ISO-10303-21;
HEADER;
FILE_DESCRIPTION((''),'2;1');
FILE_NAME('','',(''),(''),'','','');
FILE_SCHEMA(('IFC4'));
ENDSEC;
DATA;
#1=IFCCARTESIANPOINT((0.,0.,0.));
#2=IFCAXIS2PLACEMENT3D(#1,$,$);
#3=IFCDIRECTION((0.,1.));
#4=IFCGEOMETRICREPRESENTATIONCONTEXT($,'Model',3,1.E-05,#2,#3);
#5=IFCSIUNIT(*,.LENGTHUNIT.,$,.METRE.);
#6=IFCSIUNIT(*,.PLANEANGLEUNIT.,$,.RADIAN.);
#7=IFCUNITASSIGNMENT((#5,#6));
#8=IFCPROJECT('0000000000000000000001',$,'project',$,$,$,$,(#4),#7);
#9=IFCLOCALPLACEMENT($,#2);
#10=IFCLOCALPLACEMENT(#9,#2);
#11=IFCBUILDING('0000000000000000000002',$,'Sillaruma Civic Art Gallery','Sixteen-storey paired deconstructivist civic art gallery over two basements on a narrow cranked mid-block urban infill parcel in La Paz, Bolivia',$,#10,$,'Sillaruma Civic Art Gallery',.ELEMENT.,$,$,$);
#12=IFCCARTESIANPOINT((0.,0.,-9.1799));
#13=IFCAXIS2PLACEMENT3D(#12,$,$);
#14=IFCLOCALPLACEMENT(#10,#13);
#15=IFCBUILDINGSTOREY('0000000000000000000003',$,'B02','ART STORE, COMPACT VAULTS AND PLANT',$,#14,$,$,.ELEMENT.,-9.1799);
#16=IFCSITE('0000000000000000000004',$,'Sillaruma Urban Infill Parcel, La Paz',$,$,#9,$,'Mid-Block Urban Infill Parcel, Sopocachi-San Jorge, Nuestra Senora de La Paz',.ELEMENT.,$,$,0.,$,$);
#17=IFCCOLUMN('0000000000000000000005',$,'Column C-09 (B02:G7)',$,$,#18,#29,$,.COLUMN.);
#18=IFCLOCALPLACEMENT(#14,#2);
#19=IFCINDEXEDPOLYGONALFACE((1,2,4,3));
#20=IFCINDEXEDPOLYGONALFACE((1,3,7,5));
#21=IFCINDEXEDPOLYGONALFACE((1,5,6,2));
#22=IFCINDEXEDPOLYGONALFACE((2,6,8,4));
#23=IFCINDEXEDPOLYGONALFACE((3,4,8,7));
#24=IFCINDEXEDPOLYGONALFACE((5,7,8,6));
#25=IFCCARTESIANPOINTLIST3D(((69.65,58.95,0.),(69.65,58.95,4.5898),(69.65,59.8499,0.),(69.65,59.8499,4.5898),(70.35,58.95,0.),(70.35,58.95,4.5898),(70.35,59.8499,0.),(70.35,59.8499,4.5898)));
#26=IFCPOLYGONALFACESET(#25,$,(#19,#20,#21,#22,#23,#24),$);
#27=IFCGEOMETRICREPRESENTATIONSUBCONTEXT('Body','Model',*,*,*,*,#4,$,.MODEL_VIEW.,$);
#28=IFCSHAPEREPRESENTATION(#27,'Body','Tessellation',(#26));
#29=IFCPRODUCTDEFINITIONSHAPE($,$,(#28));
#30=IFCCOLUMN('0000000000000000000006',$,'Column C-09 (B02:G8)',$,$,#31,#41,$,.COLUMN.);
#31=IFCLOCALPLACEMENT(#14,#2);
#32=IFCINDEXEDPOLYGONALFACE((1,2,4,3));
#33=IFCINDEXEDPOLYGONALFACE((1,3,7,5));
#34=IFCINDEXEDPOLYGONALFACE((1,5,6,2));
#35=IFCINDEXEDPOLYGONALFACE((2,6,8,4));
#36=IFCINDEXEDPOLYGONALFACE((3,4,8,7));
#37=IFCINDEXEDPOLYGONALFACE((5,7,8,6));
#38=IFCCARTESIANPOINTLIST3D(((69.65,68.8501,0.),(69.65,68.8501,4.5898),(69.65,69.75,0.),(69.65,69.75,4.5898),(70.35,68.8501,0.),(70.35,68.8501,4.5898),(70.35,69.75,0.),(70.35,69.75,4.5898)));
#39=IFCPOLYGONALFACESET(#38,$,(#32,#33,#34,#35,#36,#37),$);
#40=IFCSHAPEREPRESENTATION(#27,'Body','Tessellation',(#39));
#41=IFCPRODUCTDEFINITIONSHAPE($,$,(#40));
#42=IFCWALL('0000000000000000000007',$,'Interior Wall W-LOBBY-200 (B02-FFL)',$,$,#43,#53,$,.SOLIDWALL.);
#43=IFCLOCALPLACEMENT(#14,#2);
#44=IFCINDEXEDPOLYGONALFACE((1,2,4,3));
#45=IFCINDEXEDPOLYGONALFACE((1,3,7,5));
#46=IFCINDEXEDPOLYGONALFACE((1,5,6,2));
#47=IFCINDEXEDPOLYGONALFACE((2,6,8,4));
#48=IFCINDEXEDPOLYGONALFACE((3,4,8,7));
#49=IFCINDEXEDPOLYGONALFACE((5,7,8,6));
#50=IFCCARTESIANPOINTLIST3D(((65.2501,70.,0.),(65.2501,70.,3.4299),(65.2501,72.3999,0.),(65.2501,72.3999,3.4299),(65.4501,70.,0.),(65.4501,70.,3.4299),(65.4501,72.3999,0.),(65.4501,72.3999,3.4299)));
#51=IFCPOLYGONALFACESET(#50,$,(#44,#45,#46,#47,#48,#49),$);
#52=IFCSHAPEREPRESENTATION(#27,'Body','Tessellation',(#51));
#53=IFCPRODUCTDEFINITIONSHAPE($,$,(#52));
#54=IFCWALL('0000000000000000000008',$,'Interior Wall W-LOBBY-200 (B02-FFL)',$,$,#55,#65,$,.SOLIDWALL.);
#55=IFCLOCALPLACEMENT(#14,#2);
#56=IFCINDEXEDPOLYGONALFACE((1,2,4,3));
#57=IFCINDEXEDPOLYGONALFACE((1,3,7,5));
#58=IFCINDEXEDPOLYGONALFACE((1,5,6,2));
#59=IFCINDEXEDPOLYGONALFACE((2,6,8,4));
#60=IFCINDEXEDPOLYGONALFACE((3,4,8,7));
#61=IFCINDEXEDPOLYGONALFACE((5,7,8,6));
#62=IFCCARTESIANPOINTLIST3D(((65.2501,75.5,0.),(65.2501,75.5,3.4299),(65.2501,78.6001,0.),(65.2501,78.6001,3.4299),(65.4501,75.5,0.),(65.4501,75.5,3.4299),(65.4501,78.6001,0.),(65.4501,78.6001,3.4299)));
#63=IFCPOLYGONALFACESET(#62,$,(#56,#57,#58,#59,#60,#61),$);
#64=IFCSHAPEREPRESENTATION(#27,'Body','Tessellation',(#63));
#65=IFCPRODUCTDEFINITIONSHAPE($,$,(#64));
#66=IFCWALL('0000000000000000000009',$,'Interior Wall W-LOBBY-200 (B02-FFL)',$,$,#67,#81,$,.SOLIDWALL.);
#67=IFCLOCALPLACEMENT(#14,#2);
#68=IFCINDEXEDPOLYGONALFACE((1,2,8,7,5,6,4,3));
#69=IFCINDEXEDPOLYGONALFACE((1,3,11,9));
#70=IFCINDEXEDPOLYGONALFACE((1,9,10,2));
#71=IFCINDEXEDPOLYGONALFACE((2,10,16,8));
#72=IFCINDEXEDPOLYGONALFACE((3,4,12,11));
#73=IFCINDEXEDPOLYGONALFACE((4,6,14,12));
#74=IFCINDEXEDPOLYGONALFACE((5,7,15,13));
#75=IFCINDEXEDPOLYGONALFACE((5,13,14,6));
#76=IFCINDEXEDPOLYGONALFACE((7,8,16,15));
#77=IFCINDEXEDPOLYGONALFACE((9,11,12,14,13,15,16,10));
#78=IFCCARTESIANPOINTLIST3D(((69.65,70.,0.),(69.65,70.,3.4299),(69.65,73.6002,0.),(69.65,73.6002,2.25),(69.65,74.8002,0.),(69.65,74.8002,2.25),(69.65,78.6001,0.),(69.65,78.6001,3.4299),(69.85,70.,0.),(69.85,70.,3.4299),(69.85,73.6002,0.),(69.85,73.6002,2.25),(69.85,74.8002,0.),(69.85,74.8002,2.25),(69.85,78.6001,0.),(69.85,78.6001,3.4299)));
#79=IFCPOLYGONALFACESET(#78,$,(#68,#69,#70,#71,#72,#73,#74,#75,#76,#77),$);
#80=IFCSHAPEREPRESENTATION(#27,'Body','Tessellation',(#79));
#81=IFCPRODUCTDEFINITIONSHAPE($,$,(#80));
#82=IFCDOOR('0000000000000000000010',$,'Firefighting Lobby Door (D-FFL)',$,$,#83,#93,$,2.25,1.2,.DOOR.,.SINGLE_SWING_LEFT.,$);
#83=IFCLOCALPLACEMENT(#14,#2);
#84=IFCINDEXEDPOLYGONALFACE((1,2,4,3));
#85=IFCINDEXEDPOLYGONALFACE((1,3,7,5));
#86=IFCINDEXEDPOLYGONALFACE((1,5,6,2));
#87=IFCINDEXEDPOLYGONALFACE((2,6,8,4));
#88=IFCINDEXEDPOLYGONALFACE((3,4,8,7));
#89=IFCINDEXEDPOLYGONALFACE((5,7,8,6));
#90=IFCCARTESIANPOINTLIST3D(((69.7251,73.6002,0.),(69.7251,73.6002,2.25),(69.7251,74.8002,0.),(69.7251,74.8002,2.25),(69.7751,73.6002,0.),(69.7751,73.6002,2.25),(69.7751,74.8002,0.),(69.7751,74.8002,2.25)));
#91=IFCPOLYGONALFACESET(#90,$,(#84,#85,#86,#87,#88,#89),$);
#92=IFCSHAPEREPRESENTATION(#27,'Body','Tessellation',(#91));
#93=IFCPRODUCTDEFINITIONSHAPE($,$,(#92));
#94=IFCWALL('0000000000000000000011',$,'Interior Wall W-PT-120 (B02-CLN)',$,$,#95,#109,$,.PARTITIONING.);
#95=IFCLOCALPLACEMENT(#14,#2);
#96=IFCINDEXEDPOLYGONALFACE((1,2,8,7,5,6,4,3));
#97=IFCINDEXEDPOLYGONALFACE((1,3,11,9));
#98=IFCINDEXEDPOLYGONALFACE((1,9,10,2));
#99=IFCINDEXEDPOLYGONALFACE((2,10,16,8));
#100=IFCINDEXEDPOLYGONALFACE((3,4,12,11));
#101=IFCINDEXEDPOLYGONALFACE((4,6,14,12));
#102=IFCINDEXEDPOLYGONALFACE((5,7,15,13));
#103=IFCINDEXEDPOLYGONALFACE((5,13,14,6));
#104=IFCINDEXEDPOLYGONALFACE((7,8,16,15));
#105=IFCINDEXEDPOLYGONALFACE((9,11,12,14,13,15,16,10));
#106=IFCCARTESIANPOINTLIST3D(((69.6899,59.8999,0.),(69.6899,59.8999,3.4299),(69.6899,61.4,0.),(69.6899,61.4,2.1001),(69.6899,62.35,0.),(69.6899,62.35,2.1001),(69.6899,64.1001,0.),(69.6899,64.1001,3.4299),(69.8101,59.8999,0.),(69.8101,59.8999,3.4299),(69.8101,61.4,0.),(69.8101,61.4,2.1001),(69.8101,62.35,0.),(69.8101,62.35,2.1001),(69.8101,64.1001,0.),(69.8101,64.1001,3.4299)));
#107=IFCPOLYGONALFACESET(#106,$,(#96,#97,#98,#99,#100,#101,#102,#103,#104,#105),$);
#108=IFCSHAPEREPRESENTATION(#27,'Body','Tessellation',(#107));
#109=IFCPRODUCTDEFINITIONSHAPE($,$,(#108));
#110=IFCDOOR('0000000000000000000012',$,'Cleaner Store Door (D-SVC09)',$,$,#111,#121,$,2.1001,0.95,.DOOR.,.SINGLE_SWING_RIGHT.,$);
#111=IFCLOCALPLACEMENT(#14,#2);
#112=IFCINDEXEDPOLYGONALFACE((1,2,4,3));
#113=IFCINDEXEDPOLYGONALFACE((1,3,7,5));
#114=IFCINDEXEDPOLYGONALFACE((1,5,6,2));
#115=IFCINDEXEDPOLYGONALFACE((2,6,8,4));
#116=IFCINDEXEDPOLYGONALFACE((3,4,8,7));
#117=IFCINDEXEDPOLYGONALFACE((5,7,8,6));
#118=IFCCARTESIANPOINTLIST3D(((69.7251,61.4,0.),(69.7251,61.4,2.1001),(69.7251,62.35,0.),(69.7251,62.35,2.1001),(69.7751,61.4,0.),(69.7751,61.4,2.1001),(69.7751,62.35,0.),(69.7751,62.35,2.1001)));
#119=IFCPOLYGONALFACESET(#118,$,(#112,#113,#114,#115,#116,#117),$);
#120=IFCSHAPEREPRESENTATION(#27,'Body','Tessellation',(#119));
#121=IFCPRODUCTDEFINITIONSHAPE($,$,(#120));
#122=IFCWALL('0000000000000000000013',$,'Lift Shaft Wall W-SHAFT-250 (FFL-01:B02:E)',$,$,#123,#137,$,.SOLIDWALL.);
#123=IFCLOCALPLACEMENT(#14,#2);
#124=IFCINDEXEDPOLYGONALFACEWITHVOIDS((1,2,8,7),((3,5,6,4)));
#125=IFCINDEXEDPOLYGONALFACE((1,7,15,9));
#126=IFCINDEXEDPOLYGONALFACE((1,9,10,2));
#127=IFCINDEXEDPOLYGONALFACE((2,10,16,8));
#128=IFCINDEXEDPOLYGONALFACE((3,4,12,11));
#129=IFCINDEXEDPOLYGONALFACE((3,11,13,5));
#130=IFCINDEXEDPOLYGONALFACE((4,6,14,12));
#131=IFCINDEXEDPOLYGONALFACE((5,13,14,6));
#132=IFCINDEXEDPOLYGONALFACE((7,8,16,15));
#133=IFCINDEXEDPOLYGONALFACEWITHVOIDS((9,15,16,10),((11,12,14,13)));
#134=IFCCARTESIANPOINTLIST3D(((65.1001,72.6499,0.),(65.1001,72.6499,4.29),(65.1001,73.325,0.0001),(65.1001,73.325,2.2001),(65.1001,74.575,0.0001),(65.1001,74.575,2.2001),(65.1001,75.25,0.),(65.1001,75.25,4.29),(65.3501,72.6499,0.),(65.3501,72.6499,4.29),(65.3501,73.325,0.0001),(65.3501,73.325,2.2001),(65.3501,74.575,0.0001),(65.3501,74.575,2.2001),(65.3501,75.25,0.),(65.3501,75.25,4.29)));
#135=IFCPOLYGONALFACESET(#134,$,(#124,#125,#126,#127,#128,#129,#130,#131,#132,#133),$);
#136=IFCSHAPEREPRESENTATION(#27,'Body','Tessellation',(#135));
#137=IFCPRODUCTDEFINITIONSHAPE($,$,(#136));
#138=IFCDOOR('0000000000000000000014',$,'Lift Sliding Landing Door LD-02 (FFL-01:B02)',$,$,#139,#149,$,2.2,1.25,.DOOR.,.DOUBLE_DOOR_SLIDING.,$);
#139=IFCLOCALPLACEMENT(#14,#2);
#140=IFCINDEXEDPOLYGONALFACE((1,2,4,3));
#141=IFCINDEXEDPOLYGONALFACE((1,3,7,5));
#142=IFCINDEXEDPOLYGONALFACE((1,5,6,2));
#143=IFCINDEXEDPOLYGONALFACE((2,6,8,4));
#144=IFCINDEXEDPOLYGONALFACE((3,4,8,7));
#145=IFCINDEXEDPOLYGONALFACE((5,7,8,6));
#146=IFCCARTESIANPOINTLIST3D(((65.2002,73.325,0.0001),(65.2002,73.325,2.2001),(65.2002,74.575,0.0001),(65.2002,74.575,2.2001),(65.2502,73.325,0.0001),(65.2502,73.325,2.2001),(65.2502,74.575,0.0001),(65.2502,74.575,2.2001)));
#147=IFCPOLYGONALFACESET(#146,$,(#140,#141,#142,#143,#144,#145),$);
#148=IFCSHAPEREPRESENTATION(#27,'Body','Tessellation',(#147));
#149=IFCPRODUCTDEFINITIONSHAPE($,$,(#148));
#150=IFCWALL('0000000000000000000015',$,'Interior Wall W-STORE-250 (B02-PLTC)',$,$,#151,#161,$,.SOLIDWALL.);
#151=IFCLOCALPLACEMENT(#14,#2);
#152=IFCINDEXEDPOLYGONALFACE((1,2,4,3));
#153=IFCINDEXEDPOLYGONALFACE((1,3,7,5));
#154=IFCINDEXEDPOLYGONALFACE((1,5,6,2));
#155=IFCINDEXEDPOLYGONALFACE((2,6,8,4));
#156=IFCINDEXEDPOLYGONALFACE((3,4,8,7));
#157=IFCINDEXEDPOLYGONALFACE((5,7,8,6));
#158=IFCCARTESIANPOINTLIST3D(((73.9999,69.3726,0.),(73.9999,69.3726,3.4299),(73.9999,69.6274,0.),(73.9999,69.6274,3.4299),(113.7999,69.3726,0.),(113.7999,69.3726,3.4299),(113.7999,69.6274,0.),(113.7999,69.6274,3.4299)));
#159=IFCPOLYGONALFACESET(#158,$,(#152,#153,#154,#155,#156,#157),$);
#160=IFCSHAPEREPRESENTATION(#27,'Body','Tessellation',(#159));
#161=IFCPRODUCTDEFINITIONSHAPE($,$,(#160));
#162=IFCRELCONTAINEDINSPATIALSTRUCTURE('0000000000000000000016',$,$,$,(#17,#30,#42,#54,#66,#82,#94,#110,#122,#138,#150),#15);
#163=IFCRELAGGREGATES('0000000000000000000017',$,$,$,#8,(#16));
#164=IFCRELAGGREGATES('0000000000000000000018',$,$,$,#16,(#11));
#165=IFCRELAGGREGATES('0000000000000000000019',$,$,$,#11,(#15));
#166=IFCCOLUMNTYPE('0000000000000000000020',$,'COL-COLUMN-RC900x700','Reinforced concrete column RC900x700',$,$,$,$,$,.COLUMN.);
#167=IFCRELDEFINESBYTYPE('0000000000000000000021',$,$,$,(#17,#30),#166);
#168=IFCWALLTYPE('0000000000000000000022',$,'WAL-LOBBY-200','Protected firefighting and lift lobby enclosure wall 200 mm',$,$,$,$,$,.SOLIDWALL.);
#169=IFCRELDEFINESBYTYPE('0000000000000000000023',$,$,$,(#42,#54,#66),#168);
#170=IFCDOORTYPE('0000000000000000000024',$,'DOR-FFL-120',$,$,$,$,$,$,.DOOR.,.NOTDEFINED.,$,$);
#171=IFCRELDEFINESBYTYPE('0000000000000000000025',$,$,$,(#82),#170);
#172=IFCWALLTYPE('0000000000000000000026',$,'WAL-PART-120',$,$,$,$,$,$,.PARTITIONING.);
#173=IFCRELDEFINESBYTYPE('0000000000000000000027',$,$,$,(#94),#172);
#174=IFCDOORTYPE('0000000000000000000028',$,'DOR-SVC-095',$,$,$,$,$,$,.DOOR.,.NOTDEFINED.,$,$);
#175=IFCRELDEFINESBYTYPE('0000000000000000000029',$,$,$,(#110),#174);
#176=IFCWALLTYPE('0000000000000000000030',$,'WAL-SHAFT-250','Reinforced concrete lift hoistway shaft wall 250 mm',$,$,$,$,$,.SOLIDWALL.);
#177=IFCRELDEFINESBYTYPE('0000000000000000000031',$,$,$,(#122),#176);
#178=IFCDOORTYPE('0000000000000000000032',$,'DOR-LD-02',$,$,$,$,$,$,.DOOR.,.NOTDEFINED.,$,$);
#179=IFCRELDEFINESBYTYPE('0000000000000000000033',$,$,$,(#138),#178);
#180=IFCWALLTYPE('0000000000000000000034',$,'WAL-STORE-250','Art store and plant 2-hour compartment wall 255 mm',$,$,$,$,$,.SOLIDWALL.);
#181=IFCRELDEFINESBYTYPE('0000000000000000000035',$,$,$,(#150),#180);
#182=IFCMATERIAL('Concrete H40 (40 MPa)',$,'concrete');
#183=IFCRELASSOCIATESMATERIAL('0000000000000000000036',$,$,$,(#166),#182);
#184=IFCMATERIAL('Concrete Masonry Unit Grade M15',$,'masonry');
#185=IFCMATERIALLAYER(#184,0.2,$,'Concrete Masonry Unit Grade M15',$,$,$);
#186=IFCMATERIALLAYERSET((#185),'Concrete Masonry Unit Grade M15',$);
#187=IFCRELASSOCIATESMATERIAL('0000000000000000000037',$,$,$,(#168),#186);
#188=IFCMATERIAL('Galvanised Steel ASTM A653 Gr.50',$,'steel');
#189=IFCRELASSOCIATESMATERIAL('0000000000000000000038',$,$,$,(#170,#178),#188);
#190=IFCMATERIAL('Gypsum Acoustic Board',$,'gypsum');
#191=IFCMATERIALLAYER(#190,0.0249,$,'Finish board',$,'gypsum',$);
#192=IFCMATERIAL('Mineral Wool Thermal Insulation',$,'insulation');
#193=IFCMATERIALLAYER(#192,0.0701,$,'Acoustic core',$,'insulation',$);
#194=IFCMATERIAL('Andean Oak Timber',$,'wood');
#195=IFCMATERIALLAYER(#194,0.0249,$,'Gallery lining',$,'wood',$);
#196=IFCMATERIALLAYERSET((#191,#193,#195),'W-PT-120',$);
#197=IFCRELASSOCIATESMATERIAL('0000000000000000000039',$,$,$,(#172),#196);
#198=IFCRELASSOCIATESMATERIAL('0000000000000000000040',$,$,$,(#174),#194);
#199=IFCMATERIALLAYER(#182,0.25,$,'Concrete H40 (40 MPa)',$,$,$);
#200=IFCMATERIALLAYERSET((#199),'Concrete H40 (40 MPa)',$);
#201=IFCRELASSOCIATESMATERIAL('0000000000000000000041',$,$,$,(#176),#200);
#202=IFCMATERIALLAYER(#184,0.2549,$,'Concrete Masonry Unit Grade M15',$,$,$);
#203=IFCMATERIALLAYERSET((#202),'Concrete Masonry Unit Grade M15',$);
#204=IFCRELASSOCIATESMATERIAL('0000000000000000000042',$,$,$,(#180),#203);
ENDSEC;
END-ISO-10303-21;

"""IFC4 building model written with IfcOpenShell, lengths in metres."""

from ifc_helpers import new_model, si_unit, direction, frame, frame_2d, origin, origin_2d, place, context, subcontext, project, spatial, rectangle, extrude, material, layer, layer_set, material_profile, profile_set, type_object, element, fill, save


model = new_model("IFC4")

# Units and contexts
model_context = context("Model", 3, precision=1e-05, world=origin(), true_north=direction((0.0, 1.0)))
body_context = subcontext(model_context, "Body", "Model", "MODEL_VIEW")
ifc_project = project(units=[si_unit("LENGTHUNIT", "METRE"), si_unit("PLANEANGLEUNIT", "RADIAN")], contexts=[model_context])

# Site, building, storey
site_placement = place(None, origin())
site = spatial("IfcSite", under=ifc_project, at=site_placement, Name="Sillaruma Urban Infill Parcel, La Paz", LongName="Mid-Block Urban Infill Parcel, Sopocachi-San Jorge, Nuestra Senora de La Paz", CompositionType="ELEMENT", RefElevation=0.0)
building_placement = place(site_placement, origin())
building = spatial("IfcBuilding", under=site, at=building_placement, Name="Sillaruma Civic Art Gallery", Description="Sixteen-storey paired deconstructivist civic art gallery over two basements on a narrow cranked mid-block urban infill parcel in La Paz, Bolivia", LongName="Sillaruma Civic Art Gallery", CompositionType="ELEMENT")
storey_placement = place(building_placement, frame((0.0, 0.0, -9.1799)))
storey = spatial("IfcBuildingStorey", under=building, at=storey_placement, Name="B02", Description="ART STORE, COMPACT VAULTS AND PLANT", CompositionType="ELEMENT", Elevation=-9.1799)

# Columns
ifc_material_1 = material(Name="Concrete H40 (40 MPa)", Category="concrete")
ifc_material_profile_1 = material_profile(ifc_material_1, rectangle(XDim=0.7, YDim=0.8999, at=origin_2d()), Name="RC900x700")
ifc_profile_set_1 = profile_set([ifc_material_profile_1], Name="Concrete H40 (40 MPa)")
column_type_1 = type_object("IfcColumnType", Name="COL-COLUMN-RC900x700", Description="Reinforced concrete column RC900x700", PredefinedType="COLUMN", material=ifc_profile_set_1)
for number, where, z_axis, x_axis, name in (
    (1, (70.0, 59.3999, 0.0), (0.0, 0.0, 1.0), (1.0, 0.0, 0.0), "Column C-09 (B02:G7)"),
    (2, (70.0, 69.3, 0.0), (0.0, 0.0, 1.0), (1.0, 0.0, 0.0), "Column C-09 (B02:G8)"),
):
    element("IfcColumn", number, at=place(storey_placement, frame(where, z_axis=z_axis, x_axis=x_axis)), inside=storey, type_object=column_type_1, Name=name, PredefinedType="COLUMN", context=body_context, shape_type="SweptSolid", body=[
        extrude(rectangle(XDim=0.7, YDim=0.8999, at=origin_2d()), origin(), (0.0, 0.0, 1.0), 4.5898),
    ])

# Walls
ifc_material_2 = material(Name="Concrete Masonry Unit Grade M15", Category="masonry")
ifc_layer_1 = layer(ifc_material_2, 0.2, Name="Concrete Masonry Unit Grade M15")
ifc_layer_set_1 = layer_set([ifc_layer_1], Name="Concrete Masonry Unit Grade M15")
wall_type_1 = type_object("IfcWallType", Name="WAL-LOBBY-200", Description="Protected firefighting and lift lobby enclosure wall 200 mm", PredefinedType="SOLIDWALL", material=ifc_layer_set_1)
wall_1_placement = place(storey_placement, frame((65.3501, 70.0, 0.0), z_axis=(0.0, 0.0, 1.0), x_axis=(0.0, 1.0, 0.0)))
element("IfcWall", 3, at=wall_1_placement, inside=storey, type_object=wall_type_1, Name="Interior Wall W-LOBBY-200 (B02-FFL)", PredefinedType="SOLIDWALL", context=body_context, shape_type="SweptSolid", body=[
    extrude(rectangle(XDim=2.3999, YDim=0.2, at=frame_2d((1.2, 0.0))), origin(), (0.0, 0.0, 1.0), 3.4299),
])
wall_2_placement = place(storey_placement, frame((65.3501, 75.5, 0.0), z_axis=(0.0, 0.0, 1.0), x_axis=(0.0, 1.0, 0.0)))
element("IfcWall", 4, at=wall_2_placement, inside=storey, type_object=wall_type_1, Name="Interior Wall W-LOBBY-200 (B02-FFL)", PredefinedType="SOLIDWALL", context=body_context, shape_type="SweptSolid", body=[
    extrude(rectangle(XDim=3.1001, YDim=0.2, at=frame_2d((1.55, 0.0))), origin(), (0.0, 0.0, 1.0), 3.4299),
])

# Walls, openings, doors
wall_3_placement = place(storey_placement, frame((69.75, 70.0, 0.0), z_axis=(0.0, 0.0, 1.0), x_axis=(0.0, 1.0, 0.0)))
wall_3 = element("IfcWall", 5, at=wall_3_placement, inside=storey, type_object=wall_type_1, Name="Interior Wall W-LOBBY-200 (B02-FFL)", PredefinedType="SOLIDWALL", context=body_context, shape_type="SweptSolid", body=[
    extrude(rectangle(XDim=8.6001, YDim=0.2, at=frame_2d((4.3, 0.0))), origin(), (0.0, 0.0, 1.0), 3.4299),
])
opening_1_placement = place(wall_3_placement, frame((3.6001, 0.0, 0.0)))
opening_1 = element("IfcOpeningElement", 6, at=opening_1_placement, cuts=wall_3, PredefinedType="OPENING", context=body_context, shape_type="SweptSolid", body=[
    extrude(rectangle(XDim=1.2, YDim=2.25, at=frame_2d((0.6001, 1.125))), frame((0.0, 0.1099, 0.0), z_axis=(0.0, -1.0, 0.0), x_axis=(1.0, 0.0, 0.0)), (0.0, 0.0, 1.0), 0.22),
])
ifc_material_3 = material(Name="Galvanised Steel ASTM A653 Gr.50", Category="steel")
door_type_1 = type_object("IfcDoorType", Name="DOR-FFL-120", OperationType="NOTDEFINED", PredefinedType="DOOR", material=ifc_material_3)
door_1_placement = place(opening_1_placement, origin())
door_1 = element("IfcDoor", 7, at=door_1_placement, inside=storey, type_object=door_type_1, Name="Firefighting Lobby Door (D-FFL)", OperationType="SINGLE_SWING_LEFT", OverallHeight=2.25, OverallWidth=1.2, PredefinedType="DOOR", context=body_context, shape_type="SweptSolid", body=[
    extrude(rectangle(XDim=1.2, YDim=2.25, at=frame_2d((0.6001, 1.125))), frame((0.0, 0.0249, 0.0), z_axis=(0.0, -1.0, 0.0), x_axis=(1.0, 0.0, 0.0)), (0.0, 0.0, 1.0), 0.05),
])
fill(opening_1, door_1)
ifc_material_4 = material(Name="Gypsum Acoustic Board", Category="gypsum")
ifc_layer_2 = layer(ifc_material_4, 0.0249, Name="Finish board", Category="gypsum")
ifc_material_5 = material(Name="Mineral Wool Thermal Insulation", Category="insulation")
ifc_layer_3 = layer(ifc_material_5, 0.0701, Name="Acoustic core", Category="insulation")
ifc_material_6 = material(Name="Andean Oak Timber", Category="wood")
ifc_layer_4 = layer(ifc_material_6, 0.0249, Name="Gallery lining", Category="wood")
ifc_layer_set_2 = layer_set([ifc_layer_2, ifc_layer_3, ifc_layer_4], Name="W-PT-120")
wall_type_2 = type_object("IfcWallType", Name="WAL-PART-120", PredefinedType="PARTITIONING", material=ifc_layer_set_2)
wall_4_placement = place(storey_placement, frame((69.75, 59.8999, 0.0), z_axis=(0.0, 0.0, 1.0), x_axis=(0.0, 1.0, 0.0)))
wall_4 = element("IfcWall", 8, at=wall_4_placement, inside=storey, type_object=wall_type_2, Name="Interior Wall W-PT-120 (B02-CLN)", PredefinedType="PARTITIONING", context=body_context, shape_type="SweptSolid", body=[
    extrude(rectangle(XDim=4.2002, YDim=0.1201, at=frame_2d((2.1001, 0.0))), origin(), (0.0, 0.0, 1.0), 3.4299),
])
opening_2_placement = place(wall_4_placement, frame((1.5, 0.0, 0.0)))
opening_2 = element("IfcOpeningElement", 9, at=opening_2_placement, cuts=wall_4, PredefinedType="OPENING", context=body_context, shape_type="SweptSolid", body=[
    extrude(rectangle(XDim=0.95, YDim=2.1001, at=frame_2d((0.4751, 1.05))), frame((0.0, 0.0701, 0.0), z_axis=(0.0, -1.0, 0.0), x_axis=(1.0, 0.0, 0.0)), (0.0, 0.0, 1.0), 0.1401),
])
door_type_2 = type_object("IfcDoorType", Name="DOR-SVC-095", OperationType="NOTDEFINED", PredefinedType="DOOR", material=ifc_material_6)
door_2_placement = place(opening_2_placement, origin())
door_2 = element("IfcDoor", 10, at=door_2_placement, inside=storey, type_object=door_type_2, Name="Cleaner Store Door (D-SVC09)", OperationType="SINGLE_SWING_RIGHT", OverallHeight=2.1001, OverallWidth=0.95, PredefinedType="DOOR", context=body_context, shape_type="SweptSolid", body=[
    extrude(rectangle(XDim=0.95, YDim=2.1001, at=frame_2d((0.4751, 1.05))), frame((0.0, 0.0249, 0.0), z_axis=(0.0, -1.0, 0.0), x_axis=(1.0, 0.0, 0.0)), (0.0, 0.0, 1.0), 0.05),
])
fill(opening_2, door_2)
ifc_layer_5 = layer(ifc_material_1, 0.25, Name="Concrete H40 (40 MPa)")
ifc_layer_set_3 = layer_set([ifc_layer_5], Name="Concrete H40 (40 MPa)")
wall_type_3 = type_object("IfcWallType", Name="WAL-SHAFT-250", Description="Reinforced concrete lift hoistway shaft wall 250 mm", PredefinedType="SOLIDWALL", material=ifc_layer_set_3)
wall_5_placement = place(storey_placement, frame((65.2251, 72.6499, 0.0), z_axis=(0.0, 0.0, 1.0), x_axis=(0.0, 1.0, 0.0)))
wall_5 = element("IfcWall", 11, at=wall_5_placement, inside=storey, type_object=wall_type_3, Name="Lift Shaft Wall W-SHAFT-250 (FFL-01:B02:E)", PredefinedType="SOLIDWALL", context=body_context, shape_type="SweptSolid", body=[
    extrude(rectangle(XDim=2.6001, YDim=0.25, at=frame_2d((1.3, 0.0))), origin(), (0.0, 0.0, 1.0), 4.29),
])
opening_3_placement = place(wall_5_placement, frame((0.675, 0.0, 0.0)))
opening_3 = element("IfcOpeningElement", 12, at=opening_3_placement, cuts=wall_5, PredefinedType="OPENING", context=body_context, shape_type="SweptSolid", body=[
    extrude(rectangle(XDim=1.25, YDim=2.2, at=frame_2d((0.625, 1.1001))), frame((0.0, 0.135, 0.0), z_axis=(0.0, -1.0, 0.0), x_axis=(1.0, 0.0, 0.0)), (0.0, 0.0, 1.0), 0.27),
])
door_type_3 = type_object("IfcDoorType", Name="DOR-LD-02", OperationType="NOTDEFINED", PredefinedType="DOOR", material=ifc_material_3)
door_3_placement = place(opening_3_placement, origin())
door_3 = element("IfcDoor", 13, at=door_3_placement, inside=storey, type_object=door_type_3, Name="Lift Sliding Landing Door LD-02 (FFL-01:B02)", OperationType="DOUBLE_DOOR_SLIDING", OverallHeight=2.2, OverallWidth=1.25, PredefinedType="DOOR", context=body_context, shape_type="SweptSolid", body=[
    extrude(rectangle(XDim=1.25, YDim=2.2, at=frame_2d((0.625, 1.1001))), frame((0.0, 0.0249, 0.0), z_axis=(0.0, -1.0, 0.0), x_axis=(1.0, 0.0, 0.0)), (0.0, 0.0, 1.0), 0.05),
])
fill(opening_3, door_3)

# Wall
ifc_layer_6 = layer(ifc_material_2, 0.2549, Name="Concrete Masonry Unit Grade M15")
ifc_layer_set_4 = layer_set([ifc_layer_6], Name="Concrete Masonry Unit Grade M15")
wall_type_4 = type_object("IfcWallType", Name="WAL-STORE-250", Description="Art store and plant 2-hour compartment wall 255 mm", PredefinedType="SOLIDWALL", material=ifc_layer_set_4)
wall_6_placement = place(storey_placement, frame((74.0, 69.5, 0.0), z_axis=(0.0, 0.0, 1.0), x_axis=(1.0, 0.0, 0.0)))
element("IfcWall", 14, at=wall_6_placement, inside=storey, type_object=wall_type_4, Name="Interior Wall W-STORE-250 (B02-PLTC)", PredefinedType="SOLIDWALL", context=body_context, shape_type="SweptSolid", body=[
    extrude(rectangle(XDim=39.8, YDim=0.2549, at=frame_2d((19.8999, 0.0))), origin(), (0.0, 0.0, 1.0), 3.4299),
])

save(model, "model.ifc")
